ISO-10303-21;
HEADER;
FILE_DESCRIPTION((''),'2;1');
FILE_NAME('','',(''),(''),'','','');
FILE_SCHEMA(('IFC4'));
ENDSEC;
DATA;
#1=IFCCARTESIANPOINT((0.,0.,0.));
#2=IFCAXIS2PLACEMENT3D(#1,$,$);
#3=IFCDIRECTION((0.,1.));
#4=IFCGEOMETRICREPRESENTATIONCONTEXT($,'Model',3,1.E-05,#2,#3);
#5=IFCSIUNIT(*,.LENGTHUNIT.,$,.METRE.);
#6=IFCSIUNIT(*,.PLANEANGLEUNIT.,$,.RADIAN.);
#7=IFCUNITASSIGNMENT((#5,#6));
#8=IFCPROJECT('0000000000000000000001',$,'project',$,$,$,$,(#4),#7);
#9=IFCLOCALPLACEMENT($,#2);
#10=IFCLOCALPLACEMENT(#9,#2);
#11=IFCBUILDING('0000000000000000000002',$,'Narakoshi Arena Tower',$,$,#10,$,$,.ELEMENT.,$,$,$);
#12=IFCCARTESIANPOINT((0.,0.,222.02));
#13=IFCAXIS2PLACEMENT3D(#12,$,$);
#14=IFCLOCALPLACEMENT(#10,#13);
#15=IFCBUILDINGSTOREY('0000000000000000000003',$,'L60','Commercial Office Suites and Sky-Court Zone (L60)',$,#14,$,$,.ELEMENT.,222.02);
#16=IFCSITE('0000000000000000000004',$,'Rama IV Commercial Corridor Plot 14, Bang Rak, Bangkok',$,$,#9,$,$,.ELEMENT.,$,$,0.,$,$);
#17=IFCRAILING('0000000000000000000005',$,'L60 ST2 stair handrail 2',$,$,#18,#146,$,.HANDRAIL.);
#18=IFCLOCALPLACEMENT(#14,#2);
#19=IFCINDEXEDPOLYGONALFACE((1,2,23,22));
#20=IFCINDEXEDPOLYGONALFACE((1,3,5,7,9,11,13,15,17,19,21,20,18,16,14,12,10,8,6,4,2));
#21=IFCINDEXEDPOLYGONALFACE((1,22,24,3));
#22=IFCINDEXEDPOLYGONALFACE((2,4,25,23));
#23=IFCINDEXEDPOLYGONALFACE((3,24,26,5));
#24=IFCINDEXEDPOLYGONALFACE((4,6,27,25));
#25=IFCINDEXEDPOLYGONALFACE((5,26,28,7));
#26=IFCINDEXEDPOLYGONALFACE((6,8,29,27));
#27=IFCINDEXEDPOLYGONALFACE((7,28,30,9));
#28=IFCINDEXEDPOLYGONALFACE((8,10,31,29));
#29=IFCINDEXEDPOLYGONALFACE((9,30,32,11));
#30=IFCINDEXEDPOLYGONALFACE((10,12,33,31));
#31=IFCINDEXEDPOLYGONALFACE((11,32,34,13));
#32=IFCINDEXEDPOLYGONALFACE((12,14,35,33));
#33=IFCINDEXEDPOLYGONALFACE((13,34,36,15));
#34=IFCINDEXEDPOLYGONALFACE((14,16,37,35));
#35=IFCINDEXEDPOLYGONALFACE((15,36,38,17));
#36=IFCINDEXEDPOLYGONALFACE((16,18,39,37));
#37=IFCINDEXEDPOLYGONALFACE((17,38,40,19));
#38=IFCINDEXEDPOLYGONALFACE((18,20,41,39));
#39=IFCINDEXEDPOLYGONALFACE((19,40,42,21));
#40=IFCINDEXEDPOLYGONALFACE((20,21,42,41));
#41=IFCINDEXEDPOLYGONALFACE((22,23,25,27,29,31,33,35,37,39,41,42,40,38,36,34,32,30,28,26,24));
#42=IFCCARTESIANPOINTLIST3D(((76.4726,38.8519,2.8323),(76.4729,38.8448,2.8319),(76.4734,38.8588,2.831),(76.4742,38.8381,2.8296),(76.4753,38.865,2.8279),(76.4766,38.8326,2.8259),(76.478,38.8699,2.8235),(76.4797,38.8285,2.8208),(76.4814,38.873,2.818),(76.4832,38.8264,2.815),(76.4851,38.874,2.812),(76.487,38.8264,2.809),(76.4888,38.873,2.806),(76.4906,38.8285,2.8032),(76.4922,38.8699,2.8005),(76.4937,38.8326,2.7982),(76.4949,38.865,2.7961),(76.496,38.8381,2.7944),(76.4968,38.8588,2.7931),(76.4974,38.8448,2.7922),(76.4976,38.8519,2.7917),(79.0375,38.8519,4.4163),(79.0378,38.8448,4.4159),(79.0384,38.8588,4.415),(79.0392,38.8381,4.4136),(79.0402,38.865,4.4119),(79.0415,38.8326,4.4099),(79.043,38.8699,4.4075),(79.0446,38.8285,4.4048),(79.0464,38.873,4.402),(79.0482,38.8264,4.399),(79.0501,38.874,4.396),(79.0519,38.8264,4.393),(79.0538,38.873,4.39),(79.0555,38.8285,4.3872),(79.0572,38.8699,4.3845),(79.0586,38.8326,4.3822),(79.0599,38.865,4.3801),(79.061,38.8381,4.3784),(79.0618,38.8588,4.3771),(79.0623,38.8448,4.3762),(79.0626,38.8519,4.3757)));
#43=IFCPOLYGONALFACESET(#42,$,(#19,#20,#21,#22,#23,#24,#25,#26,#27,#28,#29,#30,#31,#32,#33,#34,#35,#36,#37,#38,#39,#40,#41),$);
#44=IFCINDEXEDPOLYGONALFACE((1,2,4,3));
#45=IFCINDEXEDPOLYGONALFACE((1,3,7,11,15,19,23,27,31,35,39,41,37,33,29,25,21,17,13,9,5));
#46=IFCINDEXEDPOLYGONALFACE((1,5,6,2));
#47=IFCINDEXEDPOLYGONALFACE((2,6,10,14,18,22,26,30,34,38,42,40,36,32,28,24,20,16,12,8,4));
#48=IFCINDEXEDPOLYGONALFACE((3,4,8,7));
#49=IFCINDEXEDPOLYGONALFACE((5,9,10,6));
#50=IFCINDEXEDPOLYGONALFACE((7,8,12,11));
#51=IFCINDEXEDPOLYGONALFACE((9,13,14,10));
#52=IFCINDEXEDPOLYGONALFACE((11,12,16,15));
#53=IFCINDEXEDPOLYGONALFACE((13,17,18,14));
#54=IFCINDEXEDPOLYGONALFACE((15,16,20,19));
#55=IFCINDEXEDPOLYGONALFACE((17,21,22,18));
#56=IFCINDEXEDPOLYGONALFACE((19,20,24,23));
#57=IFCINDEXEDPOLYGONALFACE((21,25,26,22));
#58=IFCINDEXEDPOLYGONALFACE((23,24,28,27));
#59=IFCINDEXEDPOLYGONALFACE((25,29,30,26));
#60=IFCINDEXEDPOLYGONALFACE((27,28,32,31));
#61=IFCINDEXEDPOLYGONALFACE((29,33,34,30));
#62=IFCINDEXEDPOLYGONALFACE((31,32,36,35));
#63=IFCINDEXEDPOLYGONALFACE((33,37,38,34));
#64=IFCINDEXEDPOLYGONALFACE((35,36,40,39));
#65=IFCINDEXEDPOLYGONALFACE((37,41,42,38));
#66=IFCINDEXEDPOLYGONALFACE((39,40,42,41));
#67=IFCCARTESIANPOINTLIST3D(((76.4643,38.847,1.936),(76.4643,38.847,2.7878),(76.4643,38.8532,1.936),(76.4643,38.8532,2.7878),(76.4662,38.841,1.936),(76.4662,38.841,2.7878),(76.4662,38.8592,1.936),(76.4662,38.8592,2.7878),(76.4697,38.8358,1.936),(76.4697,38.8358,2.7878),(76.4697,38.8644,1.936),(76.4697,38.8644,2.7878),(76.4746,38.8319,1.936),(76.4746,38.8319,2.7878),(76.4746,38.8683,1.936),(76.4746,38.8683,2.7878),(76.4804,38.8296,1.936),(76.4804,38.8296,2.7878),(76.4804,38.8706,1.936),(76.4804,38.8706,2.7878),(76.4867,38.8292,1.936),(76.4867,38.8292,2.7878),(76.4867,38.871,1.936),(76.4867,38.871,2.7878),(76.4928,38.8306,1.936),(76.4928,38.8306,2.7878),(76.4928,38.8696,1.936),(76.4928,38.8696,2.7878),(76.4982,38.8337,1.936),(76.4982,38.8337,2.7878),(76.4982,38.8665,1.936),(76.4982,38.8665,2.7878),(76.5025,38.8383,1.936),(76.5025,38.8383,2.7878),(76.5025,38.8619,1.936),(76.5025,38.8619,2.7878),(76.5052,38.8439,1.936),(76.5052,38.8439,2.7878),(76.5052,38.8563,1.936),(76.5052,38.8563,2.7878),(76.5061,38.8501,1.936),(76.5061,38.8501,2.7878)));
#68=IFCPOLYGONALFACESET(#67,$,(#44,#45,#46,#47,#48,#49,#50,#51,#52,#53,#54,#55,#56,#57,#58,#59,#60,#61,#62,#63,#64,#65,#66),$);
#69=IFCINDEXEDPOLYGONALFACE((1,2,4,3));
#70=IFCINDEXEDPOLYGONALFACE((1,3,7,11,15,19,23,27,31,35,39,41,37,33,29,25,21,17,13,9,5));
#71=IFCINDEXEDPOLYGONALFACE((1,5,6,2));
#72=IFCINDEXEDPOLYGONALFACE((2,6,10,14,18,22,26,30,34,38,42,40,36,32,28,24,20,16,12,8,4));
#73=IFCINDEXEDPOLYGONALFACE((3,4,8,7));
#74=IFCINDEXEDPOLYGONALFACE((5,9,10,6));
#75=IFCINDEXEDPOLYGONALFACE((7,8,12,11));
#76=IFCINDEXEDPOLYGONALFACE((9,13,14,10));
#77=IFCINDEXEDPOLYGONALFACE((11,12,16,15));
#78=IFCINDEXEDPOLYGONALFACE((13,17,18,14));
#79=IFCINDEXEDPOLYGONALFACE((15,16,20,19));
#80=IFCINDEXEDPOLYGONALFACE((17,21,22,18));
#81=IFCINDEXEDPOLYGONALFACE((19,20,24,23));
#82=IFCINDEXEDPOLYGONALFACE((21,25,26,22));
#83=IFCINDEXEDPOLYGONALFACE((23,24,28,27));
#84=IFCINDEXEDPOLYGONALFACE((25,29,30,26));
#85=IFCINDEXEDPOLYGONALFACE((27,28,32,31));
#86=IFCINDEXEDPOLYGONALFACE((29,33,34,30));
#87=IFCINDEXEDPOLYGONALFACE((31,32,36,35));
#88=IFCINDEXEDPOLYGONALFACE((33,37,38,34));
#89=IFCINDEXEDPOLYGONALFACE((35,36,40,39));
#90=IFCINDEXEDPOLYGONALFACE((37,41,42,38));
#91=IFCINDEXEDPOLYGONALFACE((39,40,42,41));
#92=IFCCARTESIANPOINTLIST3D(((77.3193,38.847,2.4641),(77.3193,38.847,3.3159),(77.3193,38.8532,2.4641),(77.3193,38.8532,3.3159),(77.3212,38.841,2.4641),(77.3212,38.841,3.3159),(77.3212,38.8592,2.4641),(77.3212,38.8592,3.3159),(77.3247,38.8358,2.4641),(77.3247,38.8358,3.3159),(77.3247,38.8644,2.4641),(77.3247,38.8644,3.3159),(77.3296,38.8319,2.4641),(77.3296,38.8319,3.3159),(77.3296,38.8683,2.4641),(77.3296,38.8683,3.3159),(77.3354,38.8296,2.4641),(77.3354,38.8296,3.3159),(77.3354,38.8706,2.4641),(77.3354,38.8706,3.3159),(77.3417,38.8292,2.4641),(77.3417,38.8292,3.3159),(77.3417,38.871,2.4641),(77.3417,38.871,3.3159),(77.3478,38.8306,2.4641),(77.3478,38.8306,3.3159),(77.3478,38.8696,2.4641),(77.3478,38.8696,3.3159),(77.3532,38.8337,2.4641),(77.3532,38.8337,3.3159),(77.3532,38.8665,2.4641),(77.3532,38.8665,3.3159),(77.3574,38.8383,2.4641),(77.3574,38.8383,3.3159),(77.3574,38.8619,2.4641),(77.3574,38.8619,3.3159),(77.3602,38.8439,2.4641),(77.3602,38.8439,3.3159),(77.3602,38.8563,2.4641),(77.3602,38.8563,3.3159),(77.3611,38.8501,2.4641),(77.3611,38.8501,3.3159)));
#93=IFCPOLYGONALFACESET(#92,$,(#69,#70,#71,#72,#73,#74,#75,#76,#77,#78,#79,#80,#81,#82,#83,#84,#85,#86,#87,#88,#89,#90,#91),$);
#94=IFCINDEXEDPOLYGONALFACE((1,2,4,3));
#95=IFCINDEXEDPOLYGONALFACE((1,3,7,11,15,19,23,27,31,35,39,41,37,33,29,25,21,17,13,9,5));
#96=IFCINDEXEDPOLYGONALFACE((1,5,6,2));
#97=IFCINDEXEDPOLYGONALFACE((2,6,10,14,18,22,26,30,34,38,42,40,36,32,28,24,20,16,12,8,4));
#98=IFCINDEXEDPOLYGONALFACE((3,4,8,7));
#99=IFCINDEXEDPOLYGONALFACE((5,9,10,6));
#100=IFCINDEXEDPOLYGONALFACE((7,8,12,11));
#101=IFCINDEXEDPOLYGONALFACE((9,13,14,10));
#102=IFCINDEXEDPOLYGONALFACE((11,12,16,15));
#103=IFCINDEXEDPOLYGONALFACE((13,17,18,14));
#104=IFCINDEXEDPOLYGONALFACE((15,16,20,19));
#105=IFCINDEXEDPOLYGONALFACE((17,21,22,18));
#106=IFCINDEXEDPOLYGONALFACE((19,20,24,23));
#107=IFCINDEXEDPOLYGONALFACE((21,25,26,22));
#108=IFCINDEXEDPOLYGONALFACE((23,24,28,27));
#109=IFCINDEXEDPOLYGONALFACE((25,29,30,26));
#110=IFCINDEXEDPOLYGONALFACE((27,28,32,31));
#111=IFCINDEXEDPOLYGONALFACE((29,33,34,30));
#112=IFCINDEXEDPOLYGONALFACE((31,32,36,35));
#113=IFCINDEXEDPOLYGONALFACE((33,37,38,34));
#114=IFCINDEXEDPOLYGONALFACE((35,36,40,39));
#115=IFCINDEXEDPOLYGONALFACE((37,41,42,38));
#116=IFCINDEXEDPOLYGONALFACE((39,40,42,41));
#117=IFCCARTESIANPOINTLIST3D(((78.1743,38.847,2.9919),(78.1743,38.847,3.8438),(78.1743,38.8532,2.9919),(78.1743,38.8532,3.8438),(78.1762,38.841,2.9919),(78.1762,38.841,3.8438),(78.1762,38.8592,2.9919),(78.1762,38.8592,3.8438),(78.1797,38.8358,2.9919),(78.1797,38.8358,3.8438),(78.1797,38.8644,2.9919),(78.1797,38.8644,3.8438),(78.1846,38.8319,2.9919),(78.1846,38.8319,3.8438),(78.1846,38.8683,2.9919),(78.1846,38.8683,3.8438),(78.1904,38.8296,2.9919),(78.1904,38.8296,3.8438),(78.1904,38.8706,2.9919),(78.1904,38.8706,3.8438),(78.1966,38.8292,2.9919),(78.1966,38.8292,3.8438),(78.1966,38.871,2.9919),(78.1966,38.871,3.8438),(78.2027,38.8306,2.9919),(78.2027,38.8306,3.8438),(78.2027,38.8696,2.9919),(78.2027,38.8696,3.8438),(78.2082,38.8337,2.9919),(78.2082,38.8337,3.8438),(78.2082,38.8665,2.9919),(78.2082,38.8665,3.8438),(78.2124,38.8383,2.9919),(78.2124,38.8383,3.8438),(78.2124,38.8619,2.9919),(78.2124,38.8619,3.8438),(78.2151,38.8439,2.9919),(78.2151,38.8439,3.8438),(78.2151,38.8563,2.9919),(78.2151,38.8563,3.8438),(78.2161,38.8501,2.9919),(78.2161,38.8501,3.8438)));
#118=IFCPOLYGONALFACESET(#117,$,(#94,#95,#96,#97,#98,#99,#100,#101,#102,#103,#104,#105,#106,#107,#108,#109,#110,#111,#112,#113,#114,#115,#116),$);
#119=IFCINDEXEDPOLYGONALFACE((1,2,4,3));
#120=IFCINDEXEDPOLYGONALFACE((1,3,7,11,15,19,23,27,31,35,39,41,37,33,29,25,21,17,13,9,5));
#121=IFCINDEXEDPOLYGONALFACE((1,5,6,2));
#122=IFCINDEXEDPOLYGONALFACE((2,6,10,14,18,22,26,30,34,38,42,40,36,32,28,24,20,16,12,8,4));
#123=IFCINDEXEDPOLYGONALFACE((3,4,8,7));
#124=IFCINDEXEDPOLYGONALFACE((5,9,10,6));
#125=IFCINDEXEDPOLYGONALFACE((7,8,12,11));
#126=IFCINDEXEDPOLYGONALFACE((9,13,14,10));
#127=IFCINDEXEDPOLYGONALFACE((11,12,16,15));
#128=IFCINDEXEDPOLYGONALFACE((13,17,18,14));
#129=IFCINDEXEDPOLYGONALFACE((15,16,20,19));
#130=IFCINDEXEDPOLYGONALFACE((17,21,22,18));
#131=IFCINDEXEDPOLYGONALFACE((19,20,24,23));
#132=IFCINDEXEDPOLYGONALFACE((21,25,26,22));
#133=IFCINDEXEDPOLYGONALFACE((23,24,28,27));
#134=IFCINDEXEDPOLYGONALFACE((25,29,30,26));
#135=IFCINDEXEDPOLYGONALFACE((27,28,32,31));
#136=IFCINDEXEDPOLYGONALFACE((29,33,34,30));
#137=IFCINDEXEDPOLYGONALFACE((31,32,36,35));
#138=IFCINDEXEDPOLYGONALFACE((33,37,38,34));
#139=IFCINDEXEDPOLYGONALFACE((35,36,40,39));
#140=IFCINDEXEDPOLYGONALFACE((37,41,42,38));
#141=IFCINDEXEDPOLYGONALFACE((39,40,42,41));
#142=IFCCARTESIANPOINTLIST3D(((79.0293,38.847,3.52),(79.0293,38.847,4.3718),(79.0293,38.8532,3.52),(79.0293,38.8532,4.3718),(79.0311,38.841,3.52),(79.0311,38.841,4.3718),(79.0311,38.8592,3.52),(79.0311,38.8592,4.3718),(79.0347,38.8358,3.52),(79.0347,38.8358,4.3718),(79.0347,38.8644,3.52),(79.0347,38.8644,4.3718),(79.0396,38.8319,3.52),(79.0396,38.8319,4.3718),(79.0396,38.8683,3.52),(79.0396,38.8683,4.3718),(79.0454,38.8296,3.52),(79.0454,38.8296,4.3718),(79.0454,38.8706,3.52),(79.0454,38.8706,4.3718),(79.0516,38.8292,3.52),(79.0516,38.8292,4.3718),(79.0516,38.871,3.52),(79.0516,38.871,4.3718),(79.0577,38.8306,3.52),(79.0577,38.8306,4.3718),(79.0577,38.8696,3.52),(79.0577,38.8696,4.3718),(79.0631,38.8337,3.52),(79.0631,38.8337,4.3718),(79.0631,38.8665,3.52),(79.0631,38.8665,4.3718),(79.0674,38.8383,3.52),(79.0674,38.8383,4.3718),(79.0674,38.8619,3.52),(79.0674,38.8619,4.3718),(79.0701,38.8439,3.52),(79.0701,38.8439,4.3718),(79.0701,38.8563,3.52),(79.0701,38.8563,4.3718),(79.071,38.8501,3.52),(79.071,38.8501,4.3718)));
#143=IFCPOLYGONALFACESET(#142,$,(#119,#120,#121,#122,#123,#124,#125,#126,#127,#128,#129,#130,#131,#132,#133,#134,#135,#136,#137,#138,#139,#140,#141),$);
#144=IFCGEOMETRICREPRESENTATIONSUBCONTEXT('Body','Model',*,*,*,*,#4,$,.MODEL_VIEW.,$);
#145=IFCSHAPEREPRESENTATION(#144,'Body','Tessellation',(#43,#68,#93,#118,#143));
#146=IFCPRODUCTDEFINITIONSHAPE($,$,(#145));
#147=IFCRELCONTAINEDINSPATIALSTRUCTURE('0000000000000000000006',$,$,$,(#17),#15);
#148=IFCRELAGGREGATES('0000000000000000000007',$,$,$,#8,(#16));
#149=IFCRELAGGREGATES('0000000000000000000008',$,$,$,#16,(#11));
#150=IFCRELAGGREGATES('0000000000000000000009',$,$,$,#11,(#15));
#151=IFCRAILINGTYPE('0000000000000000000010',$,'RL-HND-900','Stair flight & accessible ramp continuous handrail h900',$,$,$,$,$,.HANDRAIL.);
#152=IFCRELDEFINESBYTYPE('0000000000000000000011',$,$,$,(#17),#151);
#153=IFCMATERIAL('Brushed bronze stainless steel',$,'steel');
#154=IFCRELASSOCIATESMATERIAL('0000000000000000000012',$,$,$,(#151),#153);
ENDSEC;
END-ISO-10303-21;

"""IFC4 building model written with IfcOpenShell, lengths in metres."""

from ifc_helpers import new_model, si_unit, direction, frame, origin, origin_2d, place, context, subcontext, project, spatial, circle, extrude, material, type_object, element, save


model = new_model("IFC4")

# Units and contexts
model_context = context("Model", 3, precision=1e-05, world=origin(), true_north=direction((0.0, 1.0)))
body_context = subcontext(model_context, "Body", "Model", "MODEL_VIEW")
ifc_project = project(units=[si_unit("LENGTHUNIT", "METRE"), si_unit("PLANEANGLEUNIT", "RADIAN")], contexts=[model_context])

# Site, building, storey
site_placement = place(None, origin())
site = spatial("IfcSite", under=ifc_project, at=site_placement, Name="Rama IV Commercial Corridor Plot 14, Bang Rak, Bangkok", CompositionType="ELEMENT", RefElevation=0.0)
building_placement = place(site_placement, origin())
building = spatial("IfcBuilding", under=site, at=building_placement, Name="Narakoshi Arena Tower", CompositionType="ELEMENT")
storey_placement = place(building_placement, frame((0.0, 0.0, 222.02)))
storey = spatial("IfcBuildingStorey", under=building, at=storey_placement, Name="L60", Description="Commercial Office Suites and Sky-Court Zone (L60)", CompositionType="ELEMENT", Elevation=222.02)

# Railing
ifc_material_1 = material(Name="Brushed bronze stainless steel", Category="steel")
railing_type_1 = type_object("IfcRailingType", Name="RL-HND-900", Description="Stair flight & accessible ramp continuous handrail h900", PredefinedType="HANDRAIL", material=ifc_material_1)
railing_1_placement = place(storey_placement, frame((76.4851, 38.8501, 1.936)))
element("IfcRailing", 1, at=railing_1_placement, inside=storey, type_object=railing_type_1, Name="L60 ST2 stair handrail 2", PredefinedType="HANDRAIL", context=body_context, shape_type="SweptSolid", body=[
    extrude(circle(Radius=0.0239, at=origin_2d()), frame((0.0, 0.0, 0.876), z_axis=(0.850834, 0.0, 0.525434), x_axis=(0.0, 1.0, 0.0)), (0.0, 0.0, 1.0), 3.0146),
    extrude(circle(Radius=0.021, at=origin_2d()), origin(), (0.0, 0.0, 1.0), 0.8518),
    extrude(circle(Radius=0.021, at=origin_2d()), frame((0.855, 0.0, 0.5281)), (0.0, 0.0, 1.0), 0.8518),
    extrude(circle(Radius=0.021, at=origin_2d()), frame((1.71, 0.0, 1.0559)), (0.0, 0.0, 1.0), 0.8518),
    extrude(circle(Radius=0.021, at=origin_2d()), frame((2.5649, 0.0, 1.584)), (0.0, 0.0, 1.0), 0.8518),
])

save(model, "model.ifc")
